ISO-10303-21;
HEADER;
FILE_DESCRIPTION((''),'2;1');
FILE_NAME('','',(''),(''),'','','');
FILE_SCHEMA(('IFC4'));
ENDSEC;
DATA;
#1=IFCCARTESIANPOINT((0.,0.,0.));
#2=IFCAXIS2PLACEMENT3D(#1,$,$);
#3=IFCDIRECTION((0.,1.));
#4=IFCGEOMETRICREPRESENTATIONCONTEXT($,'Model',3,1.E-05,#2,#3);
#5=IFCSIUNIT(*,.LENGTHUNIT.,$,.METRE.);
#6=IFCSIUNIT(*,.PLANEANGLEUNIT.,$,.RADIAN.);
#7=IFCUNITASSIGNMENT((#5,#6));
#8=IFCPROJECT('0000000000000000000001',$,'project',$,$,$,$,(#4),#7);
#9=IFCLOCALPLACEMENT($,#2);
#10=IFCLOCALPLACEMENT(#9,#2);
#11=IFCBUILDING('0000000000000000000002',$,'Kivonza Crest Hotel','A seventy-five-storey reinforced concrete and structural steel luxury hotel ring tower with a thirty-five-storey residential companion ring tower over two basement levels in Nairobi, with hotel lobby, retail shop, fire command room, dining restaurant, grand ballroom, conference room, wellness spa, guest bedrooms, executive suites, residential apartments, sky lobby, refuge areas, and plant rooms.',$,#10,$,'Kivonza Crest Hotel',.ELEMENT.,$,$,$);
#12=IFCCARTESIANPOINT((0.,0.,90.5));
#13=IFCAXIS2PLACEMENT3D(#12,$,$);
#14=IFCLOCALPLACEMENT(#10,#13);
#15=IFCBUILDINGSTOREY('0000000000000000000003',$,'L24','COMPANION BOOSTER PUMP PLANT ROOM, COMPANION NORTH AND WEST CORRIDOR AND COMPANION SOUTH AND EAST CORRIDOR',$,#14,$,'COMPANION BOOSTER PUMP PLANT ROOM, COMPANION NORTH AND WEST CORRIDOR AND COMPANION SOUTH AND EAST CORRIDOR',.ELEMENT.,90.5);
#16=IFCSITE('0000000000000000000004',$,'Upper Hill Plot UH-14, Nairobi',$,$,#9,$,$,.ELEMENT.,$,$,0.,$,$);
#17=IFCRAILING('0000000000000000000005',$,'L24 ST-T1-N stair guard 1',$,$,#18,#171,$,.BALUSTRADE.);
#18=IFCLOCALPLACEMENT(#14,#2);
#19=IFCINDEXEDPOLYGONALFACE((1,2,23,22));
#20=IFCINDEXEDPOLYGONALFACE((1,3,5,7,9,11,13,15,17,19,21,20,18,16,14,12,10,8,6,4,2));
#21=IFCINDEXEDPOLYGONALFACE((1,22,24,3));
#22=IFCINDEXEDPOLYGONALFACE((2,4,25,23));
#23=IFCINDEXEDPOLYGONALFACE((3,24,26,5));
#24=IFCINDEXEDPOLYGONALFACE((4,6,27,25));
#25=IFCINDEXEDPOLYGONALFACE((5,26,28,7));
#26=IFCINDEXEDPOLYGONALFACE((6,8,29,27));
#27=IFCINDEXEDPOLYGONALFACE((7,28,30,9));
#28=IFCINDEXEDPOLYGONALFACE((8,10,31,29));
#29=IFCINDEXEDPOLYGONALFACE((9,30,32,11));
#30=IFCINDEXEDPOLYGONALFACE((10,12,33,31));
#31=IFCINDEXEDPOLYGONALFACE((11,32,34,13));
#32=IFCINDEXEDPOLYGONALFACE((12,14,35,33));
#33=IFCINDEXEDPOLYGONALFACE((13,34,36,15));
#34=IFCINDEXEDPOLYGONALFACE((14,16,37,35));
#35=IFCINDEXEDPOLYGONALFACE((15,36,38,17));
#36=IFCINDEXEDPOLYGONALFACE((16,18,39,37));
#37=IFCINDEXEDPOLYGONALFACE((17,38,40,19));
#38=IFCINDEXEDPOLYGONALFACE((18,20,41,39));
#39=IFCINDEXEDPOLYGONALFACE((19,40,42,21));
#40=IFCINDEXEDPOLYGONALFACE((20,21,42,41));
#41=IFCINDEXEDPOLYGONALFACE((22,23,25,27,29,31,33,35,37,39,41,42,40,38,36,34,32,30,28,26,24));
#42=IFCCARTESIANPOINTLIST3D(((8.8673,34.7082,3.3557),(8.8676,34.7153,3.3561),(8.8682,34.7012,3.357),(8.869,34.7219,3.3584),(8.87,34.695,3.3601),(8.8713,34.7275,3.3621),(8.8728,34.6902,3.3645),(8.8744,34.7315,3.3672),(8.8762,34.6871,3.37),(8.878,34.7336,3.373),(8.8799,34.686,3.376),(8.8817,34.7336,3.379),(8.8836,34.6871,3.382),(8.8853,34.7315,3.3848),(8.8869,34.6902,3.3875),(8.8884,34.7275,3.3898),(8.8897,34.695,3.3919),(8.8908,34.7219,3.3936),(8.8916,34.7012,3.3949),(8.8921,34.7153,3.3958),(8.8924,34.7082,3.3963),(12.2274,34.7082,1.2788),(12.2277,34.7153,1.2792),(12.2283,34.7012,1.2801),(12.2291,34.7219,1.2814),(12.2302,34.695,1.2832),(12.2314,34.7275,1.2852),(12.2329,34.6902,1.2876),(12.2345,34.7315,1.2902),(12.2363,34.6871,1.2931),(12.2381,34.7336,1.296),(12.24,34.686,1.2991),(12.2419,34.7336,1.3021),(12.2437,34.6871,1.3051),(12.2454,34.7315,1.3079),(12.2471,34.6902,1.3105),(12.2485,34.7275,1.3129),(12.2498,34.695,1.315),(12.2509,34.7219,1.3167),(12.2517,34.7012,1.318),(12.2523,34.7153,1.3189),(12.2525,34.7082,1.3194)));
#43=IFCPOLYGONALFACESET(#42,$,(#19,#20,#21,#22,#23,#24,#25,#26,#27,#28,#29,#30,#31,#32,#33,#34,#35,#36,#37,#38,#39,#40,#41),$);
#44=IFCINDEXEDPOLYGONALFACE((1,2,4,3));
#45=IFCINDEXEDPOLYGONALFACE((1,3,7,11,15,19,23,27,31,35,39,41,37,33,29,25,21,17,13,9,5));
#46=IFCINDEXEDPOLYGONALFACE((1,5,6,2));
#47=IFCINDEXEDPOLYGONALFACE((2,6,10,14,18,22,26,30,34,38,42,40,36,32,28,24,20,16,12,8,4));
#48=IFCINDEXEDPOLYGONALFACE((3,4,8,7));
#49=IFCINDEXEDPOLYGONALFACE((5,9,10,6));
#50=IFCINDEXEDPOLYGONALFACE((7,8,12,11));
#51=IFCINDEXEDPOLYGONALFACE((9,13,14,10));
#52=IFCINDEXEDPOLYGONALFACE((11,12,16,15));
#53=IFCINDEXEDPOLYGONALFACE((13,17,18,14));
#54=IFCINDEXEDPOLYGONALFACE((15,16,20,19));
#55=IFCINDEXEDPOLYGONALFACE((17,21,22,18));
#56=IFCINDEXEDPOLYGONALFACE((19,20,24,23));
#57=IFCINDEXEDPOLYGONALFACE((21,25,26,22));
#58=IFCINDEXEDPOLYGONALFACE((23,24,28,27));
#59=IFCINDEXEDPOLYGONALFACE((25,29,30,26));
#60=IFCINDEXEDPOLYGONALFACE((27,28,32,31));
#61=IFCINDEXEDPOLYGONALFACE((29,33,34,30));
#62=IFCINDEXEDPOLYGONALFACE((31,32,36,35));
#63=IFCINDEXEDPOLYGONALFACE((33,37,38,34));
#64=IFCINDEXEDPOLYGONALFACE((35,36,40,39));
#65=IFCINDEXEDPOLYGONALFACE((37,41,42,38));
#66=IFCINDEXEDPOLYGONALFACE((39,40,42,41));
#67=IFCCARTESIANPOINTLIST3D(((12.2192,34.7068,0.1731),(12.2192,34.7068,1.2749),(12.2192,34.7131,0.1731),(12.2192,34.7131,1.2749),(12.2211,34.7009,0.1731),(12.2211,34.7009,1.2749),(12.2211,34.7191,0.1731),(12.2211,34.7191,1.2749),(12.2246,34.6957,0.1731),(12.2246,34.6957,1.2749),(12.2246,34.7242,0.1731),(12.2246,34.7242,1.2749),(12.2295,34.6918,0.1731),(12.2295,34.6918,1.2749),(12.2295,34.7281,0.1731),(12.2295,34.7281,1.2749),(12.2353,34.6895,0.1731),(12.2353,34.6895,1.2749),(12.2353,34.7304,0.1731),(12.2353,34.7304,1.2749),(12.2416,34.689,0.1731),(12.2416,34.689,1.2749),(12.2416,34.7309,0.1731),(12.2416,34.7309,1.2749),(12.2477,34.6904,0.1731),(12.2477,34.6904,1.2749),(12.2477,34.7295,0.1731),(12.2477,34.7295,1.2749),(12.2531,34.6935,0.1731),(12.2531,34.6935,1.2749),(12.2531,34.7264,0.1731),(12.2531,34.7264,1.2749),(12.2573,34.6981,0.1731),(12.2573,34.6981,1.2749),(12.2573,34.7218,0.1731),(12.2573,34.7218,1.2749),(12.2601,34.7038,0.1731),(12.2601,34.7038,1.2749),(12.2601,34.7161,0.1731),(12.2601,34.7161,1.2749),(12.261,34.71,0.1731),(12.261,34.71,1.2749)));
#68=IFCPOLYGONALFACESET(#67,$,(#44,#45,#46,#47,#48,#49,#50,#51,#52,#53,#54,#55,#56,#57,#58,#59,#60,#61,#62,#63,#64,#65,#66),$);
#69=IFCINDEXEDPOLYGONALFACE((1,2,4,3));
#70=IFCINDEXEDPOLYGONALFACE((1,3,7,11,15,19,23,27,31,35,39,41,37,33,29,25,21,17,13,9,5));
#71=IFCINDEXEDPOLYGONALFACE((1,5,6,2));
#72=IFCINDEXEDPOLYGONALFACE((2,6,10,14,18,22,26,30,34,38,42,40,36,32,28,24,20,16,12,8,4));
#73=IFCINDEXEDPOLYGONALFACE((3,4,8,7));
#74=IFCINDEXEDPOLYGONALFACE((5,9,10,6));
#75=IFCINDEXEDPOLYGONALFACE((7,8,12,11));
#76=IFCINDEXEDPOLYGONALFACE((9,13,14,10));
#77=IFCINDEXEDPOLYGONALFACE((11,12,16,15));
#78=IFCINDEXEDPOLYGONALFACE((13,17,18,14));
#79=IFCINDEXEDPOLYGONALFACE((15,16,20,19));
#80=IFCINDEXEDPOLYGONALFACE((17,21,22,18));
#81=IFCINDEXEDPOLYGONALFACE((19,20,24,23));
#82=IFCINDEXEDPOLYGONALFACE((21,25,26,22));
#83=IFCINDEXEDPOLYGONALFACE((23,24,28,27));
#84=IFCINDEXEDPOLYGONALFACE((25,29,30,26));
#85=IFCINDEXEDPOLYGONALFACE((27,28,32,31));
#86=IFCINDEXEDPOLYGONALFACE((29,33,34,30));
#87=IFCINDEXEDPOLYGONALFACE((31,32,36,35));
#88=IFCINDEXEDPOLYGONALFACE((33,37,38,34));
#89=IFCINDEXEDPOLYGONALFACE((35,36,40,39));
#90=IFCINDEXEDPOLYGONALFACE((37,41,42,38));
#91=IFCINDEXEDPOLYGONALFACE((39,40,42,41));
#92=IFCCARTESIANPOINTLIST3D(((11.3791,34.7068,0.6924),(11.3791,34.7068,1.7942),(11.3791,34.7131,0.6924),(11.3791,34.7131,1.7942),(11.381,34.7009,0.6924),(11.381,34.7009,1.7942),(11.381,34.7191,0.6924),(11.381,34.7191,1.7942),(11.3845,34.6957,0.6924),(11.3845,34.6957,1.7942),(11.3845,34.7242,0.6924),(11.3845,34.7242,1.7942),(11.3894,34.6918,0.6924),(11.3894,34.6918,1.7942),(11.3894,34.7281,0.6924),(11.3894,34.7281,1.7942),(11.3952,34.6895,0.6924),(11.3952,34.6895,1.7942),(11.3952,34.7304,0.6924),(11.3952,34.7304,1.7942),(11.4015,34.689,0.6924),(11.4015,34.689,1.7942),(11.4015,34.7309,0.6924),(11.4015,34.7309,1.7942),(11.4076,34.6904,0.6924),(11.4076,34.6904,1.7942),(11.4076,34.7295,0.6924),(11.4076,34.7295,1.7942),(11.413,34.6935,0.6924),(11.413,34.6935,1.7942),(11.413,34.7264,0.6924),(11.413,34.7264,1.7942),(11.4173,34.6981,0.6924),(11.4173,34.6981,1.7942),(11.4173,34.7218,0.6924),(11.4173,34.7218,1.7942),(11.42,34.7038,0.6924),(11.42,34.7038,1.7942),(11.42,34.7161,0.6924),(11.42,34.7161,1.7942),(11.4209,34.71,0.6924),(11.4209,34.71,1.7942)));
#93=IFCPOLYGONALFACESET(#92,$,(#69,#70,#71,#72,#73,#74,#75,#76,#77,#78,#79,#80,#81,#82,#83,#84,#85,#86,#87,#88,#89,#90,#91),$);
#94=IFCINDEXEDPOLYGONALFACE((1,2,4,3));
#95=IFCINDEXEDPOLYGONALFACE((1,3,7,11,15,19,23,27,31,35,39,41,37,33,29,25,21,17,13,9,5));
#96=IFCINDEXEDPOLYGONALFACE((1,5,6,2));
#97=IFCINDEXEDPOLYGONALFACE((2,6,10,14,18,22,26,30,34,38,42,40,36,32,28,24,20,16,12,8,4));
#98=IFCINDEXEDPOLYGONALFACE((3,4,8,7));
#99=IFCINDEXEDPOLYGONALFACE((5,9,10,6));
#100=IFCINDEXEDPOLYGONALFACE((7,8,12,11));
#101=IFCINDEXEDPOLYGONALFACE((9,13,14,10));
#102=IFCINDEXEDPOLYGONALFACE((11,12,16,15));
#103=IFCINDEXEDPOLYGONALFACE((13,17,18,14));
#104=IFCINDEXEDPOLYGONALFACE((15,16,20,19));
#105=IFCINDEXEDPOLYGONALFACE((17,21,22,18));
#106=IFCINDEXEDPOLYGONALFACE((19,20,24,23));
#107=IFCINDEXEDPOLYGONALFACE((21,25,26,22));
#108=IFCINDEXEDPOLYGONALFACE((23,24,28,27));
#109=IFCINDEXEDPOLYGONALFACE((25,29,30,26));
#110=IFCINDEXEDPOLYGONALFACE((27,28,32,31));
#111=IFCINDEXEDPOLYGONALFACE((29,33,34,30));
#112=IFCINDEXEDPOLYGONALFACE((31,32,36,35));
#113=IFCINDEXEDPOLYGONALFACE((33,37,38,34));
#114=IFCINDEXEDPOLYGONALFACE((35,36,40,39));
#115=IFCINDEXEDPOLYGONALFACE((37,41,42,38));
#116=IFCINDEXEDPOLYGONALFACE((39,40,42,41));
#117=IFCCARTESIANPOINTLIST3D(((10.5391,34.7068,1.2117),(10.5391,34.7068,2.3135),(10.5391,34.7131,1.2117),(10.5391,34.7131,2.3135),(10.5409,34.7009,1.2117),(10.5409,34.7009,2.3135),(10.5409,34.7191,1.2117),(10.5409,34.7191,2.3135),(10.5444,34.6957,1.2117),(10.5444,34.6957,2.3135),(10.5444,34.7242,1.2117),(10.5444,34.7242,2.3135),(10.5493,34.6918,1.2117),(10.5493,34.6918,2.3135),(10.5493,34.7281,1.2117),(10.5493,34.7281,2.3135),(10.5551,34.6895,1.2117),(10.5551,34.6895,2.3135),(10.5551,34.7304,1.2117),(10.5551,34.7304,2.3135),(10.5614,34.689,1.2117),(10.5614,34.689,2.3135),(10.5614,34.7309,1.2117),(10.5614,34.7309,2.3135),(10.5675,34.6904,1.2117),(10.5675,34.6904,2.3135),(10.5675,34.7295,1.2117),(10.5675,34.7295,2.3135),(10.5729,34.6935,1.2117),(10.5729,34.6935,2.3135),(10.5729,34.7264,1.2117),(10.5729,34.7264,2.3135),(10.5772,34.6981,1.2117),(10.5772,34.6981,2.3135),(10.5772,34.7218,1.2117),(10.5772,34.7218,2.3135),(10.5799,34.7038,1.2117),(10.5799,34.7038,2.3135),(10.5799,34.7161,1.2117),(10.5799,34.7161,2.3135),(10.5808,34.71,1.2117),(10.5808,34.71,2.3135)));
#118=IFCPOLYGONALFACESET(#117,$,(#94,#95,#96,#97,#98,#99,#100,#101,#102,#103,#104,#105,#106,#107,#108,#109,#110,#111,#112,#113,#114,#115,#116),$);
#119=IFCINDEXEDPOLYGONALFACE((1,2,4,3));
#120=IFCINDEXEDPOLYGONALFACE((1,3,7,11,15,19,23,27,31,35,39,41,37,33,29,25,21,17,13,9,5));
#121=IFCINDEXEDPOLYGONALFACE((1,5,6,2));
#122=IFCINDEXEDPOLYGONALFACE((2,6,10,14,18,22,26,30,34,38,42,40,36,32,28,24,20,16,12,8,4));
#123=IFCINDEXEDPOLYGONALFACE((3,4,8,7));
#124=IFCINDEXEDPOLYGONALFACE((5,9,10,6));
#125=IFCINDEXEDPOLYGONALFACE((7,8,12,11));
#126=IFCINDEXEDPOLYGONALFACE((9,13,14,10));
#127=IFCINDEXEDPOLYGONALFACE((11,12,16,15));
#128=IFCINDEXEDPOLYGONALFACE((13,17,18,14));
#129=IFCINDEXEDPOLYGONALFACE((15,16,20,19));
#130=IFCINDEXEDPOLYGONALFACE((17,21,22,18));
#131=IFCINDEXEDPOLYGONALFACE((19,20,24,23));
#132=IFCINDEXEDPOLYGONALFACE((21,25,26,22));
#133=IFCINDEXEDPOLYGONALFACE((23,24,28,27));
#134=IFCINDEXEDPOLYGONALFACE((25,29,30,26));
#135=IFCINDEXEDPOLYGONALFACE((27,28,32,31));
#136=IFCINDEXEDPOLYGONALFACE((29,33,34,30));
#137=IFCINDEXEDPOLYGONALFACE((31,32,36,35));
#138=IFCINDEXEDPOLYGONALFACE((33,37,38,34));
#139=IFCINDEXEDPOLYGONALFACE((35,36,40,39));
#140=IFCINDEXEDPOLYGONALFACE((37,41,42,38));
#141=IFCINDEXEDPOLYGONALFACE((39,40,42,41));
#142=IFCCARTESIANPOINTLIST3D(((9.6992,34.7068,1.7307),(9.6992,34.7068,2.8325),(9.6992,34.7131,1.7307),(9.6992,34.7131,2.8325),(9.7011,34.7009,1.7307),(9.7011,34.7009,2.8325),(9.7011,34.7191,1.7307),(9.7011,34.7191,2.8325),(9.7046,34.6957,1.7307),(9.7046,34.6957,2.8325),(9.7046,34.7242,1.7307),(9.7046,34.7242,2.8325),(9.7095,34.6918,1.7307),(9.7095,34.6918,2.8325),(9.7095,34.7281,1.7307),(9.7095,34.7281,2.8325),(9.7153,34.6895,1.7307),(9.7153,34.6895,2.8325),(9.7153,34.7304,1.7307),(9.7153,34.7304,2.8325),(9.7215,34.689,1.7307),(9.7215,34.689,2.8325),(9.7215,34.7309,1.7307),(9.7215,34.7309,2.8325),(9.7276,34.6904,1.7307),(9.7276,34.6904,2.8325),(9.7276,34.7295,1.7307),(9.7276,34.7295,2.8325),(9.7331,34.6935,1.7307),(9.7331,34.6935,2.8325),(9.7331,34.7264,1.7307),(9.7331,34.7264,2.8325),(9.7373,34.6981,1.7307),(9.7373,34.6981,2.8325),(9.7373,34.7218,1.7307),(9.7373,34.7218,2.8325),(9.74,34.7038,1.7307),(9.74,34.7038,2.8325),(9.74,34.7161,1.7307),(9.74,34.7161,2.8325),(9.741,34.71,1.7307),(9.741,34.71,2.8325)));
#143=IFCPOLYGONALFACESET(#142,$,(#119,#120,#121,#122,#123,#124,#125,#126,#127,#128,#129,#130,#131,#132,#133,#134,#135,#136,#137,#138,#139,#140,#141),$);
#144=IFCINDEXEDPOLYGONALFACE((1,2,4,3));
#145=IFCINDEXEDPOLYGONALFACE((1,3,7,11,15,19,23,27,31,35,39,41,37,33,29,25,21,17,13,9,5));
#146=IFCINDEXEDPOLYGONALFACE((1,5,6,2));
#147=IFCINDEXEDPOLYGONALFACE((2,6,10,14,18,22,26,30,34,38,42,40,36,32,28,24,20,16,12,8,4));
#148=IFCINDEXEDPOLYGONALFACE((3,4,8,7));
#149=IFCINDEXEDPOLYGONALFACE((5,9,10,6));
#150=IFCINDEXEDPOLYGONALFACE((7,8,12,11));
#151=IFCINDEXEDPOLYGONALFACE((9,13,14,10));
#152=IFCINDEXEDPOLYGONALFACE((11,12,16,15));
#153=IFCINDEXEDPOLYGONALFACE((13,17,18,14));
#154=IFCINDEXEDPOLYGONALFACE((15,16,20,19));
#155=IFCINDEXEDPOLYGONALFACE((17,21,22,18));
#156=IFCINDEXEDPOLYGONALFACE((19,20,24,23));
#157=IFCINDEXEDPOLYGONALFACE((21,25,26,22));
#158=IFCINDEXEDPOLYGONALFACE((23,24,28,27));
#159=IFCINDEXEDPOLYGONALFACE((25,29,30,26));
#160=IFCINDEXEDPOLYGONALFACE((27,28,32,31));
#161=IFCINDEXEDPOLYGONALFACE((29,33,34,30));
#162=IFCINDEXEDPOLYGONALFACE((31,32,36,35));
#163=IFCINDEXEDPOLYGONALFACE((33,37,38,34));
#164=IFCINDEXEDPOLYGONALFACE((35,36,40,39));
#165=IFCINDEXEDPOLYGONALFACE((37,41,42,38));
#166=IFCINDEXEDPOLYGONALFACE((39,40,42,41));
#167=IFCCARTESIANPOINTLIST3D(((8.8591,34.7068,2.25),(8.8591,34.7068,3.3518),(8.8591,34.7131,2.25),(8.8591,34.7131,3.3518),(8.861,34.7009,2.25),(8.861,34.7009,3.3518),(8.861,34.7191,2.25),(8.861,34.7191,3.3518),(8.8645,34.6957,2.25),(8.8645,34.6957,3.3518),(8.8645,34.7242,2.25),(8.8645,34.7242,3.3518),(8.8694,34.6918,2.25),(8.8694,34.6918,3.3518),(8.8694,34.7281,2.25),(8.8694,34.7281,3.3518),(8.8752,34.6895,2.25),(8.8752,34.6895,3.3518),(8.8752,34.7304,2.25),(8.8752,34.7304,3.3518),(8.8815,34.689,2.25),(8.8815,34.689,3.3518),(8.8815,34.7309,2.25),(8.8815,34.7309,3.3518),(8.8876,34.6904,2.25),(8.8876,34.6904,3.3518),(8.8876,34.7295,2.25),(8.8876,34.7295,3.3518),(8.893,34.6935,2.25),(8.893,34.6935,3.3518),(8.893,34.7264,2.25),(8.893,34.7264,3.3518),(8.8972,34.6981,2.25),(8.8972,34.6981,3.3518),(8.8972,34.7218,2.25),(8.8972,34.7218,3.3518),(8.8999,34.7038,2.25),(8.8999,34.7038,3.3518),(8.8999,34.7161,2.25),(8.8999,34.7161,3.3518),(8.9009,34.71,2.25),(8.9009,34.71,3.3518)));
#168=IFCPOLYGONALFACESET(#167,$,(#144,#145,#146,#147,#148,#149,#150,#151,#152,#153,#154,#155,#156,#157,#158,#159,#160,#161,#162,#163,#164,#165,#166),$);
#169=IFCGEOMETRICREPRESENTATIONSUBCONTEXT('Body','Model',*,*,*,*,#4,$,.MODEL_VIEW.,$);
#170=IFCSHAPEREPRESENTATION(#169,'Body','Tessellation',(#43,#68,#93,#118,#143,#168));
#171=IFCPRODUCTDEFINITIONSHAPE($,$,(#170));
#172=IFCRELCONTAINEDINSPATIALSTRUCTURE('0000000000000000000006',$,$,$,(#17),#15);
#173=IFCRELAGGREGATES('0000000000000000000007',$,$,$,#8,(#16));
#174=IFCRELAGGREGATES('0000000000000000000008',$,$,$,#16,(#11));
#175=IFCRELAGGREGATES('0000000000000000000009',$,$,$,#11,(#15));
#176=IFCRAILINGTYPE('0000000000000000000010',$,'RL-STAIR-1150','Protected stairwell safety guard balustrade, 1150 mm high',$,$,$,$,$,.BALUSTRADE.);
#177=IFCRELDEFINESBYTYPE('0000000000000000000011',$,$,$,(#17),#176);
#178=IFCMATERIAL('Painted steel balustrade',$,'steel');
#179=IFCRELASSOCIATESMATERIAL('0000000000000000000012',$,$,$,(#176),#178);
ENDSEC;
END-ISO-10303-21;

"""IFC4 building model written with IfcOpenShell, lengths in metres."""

from ifc_helpers import new_model, si_unit, direction, frame, origin, origin_2d, place, context, subcontext, project, spatial, circle, extrude, material, type_object, element, save


model = new_model("IFC4")

# Units and contexts
model_context = context("Model", 3, precision=1e-05, world=origin(), true_north=direction((0.0, 1.0)))
body_context = subcontext(model_context, "Body", "Model", "MODEL_VIEW")
ifc_project = project(units=[si_unit("LENGTHUNIT", "METRE"), si_unit("PLANEANGLEUNIT", "RADIAN")], contexts=[model_context])

# Site, building, storey
site_placement = place(None, origin())
site = spatial("IfcSite", under=ifc_project, at=site_placement, Name="Upper Hill Plot UH-14, Nairobi", CompositionType="ELEMENT", RefElevation=0.0)
building_placement = place(site_placement, origin())
building = spatial("IfcBuilding", under=site, at=building_placement, Name="Kivonza Crest Hotel", Description="A seventy-five-storey reinforced concrete and structural steel luxury hotel ring tower with a thirty-five-storey residential companion ring tower over two basement levels in Nairobi, with hotel lobby, retail shop, fire command room, dining restaurant, grand ballroom, conference room, wellness spa, guest bedrooms, executive suites, residential apartments, sky lobby, refuge areas, and plant rooms.", LongName="Kivonza Crest Hotel", CompositionType="ELEMENT")
storey_placement = place(building_placement, frame((0.0, 0.0, 90.5)))
storey = spatial("IfcBuildingStorey", under=building, at=storey_placement, Name="L24", Description="COMPANION BOOSTER PUMP PLANT ROOM, COMPANION NORTH AND WEST CORRIDOR AND COMPANION SOUTH AND EAST CORRIDOR", LongName="COMPANION BOOSTER PUMP PLANT ROOM, COMPANION NORTH AND WEST CORRIDOR AND COMPANION SOUTH AND EAST CORRIDOR", CompositionType="ELEMENT", Elevation=90.5)

# Railing
ifc_material_1 = material(Name="Painted steel balustrade", Category="steel")
railing_type_1 = type_object("IfcRailingType", Name="RL-STAIR-1150", Description="Protected stairwell safety guard balustrade, 1150 mm high", PredefinedType="BALUSTRADE", material=ifc_material_1)
railing_1_placement = place(storey_placement, frame((12.24, 34.71, 0.1731)))
element("IfcRailing", 1, at=railing_1_placement, inside=storey, type_object=railing_type_1, Name="L24 ST-T1-N stair guard 1", PredefinedType="BALUSTRADE", context=body_context, shape_type="SweptSolid", body=[
    extrude(circle(Radius=0.0239, at=origin_2d()), frame((0.0, 0.0, 1.126), z_axis=(-0.850623, 0.0, 0.525776), x_axis=(0.0, -1.0, 0.0)), (0.0, 0.0, 1.0), 3.9502),
    extrude(circle(Radius=0.021, at=origin_2d()), origin(), (0.0, 0.0, 1.0), 1.1018),
    extrude(circle(Radius=0.021, at=origin_2d()), frame((-0.8401, 0.0, 0.5193)), (0.0, 0.0, 1.0), 1.1018),
    extrude(circle(Radius=0.021, at=origin_2d()), frame((-1.6802, 0.0, 1.0386)), (0.0, 0.0, 1.0), 1.1018),
    extrude(circle(Radius=0.021, at=origin_2d()), frame((-2.52, 0.0, 1.5576)), (0.0, 0.0, 1.0), 1.1018),
    extrude(circle(Radius=0.021, at=origin_2d()), frame((-3.3601, 0.0, 2.0769)), (0.0, 0.0, 1.0), 1.1018),
])

save(model, "model.ifc")
